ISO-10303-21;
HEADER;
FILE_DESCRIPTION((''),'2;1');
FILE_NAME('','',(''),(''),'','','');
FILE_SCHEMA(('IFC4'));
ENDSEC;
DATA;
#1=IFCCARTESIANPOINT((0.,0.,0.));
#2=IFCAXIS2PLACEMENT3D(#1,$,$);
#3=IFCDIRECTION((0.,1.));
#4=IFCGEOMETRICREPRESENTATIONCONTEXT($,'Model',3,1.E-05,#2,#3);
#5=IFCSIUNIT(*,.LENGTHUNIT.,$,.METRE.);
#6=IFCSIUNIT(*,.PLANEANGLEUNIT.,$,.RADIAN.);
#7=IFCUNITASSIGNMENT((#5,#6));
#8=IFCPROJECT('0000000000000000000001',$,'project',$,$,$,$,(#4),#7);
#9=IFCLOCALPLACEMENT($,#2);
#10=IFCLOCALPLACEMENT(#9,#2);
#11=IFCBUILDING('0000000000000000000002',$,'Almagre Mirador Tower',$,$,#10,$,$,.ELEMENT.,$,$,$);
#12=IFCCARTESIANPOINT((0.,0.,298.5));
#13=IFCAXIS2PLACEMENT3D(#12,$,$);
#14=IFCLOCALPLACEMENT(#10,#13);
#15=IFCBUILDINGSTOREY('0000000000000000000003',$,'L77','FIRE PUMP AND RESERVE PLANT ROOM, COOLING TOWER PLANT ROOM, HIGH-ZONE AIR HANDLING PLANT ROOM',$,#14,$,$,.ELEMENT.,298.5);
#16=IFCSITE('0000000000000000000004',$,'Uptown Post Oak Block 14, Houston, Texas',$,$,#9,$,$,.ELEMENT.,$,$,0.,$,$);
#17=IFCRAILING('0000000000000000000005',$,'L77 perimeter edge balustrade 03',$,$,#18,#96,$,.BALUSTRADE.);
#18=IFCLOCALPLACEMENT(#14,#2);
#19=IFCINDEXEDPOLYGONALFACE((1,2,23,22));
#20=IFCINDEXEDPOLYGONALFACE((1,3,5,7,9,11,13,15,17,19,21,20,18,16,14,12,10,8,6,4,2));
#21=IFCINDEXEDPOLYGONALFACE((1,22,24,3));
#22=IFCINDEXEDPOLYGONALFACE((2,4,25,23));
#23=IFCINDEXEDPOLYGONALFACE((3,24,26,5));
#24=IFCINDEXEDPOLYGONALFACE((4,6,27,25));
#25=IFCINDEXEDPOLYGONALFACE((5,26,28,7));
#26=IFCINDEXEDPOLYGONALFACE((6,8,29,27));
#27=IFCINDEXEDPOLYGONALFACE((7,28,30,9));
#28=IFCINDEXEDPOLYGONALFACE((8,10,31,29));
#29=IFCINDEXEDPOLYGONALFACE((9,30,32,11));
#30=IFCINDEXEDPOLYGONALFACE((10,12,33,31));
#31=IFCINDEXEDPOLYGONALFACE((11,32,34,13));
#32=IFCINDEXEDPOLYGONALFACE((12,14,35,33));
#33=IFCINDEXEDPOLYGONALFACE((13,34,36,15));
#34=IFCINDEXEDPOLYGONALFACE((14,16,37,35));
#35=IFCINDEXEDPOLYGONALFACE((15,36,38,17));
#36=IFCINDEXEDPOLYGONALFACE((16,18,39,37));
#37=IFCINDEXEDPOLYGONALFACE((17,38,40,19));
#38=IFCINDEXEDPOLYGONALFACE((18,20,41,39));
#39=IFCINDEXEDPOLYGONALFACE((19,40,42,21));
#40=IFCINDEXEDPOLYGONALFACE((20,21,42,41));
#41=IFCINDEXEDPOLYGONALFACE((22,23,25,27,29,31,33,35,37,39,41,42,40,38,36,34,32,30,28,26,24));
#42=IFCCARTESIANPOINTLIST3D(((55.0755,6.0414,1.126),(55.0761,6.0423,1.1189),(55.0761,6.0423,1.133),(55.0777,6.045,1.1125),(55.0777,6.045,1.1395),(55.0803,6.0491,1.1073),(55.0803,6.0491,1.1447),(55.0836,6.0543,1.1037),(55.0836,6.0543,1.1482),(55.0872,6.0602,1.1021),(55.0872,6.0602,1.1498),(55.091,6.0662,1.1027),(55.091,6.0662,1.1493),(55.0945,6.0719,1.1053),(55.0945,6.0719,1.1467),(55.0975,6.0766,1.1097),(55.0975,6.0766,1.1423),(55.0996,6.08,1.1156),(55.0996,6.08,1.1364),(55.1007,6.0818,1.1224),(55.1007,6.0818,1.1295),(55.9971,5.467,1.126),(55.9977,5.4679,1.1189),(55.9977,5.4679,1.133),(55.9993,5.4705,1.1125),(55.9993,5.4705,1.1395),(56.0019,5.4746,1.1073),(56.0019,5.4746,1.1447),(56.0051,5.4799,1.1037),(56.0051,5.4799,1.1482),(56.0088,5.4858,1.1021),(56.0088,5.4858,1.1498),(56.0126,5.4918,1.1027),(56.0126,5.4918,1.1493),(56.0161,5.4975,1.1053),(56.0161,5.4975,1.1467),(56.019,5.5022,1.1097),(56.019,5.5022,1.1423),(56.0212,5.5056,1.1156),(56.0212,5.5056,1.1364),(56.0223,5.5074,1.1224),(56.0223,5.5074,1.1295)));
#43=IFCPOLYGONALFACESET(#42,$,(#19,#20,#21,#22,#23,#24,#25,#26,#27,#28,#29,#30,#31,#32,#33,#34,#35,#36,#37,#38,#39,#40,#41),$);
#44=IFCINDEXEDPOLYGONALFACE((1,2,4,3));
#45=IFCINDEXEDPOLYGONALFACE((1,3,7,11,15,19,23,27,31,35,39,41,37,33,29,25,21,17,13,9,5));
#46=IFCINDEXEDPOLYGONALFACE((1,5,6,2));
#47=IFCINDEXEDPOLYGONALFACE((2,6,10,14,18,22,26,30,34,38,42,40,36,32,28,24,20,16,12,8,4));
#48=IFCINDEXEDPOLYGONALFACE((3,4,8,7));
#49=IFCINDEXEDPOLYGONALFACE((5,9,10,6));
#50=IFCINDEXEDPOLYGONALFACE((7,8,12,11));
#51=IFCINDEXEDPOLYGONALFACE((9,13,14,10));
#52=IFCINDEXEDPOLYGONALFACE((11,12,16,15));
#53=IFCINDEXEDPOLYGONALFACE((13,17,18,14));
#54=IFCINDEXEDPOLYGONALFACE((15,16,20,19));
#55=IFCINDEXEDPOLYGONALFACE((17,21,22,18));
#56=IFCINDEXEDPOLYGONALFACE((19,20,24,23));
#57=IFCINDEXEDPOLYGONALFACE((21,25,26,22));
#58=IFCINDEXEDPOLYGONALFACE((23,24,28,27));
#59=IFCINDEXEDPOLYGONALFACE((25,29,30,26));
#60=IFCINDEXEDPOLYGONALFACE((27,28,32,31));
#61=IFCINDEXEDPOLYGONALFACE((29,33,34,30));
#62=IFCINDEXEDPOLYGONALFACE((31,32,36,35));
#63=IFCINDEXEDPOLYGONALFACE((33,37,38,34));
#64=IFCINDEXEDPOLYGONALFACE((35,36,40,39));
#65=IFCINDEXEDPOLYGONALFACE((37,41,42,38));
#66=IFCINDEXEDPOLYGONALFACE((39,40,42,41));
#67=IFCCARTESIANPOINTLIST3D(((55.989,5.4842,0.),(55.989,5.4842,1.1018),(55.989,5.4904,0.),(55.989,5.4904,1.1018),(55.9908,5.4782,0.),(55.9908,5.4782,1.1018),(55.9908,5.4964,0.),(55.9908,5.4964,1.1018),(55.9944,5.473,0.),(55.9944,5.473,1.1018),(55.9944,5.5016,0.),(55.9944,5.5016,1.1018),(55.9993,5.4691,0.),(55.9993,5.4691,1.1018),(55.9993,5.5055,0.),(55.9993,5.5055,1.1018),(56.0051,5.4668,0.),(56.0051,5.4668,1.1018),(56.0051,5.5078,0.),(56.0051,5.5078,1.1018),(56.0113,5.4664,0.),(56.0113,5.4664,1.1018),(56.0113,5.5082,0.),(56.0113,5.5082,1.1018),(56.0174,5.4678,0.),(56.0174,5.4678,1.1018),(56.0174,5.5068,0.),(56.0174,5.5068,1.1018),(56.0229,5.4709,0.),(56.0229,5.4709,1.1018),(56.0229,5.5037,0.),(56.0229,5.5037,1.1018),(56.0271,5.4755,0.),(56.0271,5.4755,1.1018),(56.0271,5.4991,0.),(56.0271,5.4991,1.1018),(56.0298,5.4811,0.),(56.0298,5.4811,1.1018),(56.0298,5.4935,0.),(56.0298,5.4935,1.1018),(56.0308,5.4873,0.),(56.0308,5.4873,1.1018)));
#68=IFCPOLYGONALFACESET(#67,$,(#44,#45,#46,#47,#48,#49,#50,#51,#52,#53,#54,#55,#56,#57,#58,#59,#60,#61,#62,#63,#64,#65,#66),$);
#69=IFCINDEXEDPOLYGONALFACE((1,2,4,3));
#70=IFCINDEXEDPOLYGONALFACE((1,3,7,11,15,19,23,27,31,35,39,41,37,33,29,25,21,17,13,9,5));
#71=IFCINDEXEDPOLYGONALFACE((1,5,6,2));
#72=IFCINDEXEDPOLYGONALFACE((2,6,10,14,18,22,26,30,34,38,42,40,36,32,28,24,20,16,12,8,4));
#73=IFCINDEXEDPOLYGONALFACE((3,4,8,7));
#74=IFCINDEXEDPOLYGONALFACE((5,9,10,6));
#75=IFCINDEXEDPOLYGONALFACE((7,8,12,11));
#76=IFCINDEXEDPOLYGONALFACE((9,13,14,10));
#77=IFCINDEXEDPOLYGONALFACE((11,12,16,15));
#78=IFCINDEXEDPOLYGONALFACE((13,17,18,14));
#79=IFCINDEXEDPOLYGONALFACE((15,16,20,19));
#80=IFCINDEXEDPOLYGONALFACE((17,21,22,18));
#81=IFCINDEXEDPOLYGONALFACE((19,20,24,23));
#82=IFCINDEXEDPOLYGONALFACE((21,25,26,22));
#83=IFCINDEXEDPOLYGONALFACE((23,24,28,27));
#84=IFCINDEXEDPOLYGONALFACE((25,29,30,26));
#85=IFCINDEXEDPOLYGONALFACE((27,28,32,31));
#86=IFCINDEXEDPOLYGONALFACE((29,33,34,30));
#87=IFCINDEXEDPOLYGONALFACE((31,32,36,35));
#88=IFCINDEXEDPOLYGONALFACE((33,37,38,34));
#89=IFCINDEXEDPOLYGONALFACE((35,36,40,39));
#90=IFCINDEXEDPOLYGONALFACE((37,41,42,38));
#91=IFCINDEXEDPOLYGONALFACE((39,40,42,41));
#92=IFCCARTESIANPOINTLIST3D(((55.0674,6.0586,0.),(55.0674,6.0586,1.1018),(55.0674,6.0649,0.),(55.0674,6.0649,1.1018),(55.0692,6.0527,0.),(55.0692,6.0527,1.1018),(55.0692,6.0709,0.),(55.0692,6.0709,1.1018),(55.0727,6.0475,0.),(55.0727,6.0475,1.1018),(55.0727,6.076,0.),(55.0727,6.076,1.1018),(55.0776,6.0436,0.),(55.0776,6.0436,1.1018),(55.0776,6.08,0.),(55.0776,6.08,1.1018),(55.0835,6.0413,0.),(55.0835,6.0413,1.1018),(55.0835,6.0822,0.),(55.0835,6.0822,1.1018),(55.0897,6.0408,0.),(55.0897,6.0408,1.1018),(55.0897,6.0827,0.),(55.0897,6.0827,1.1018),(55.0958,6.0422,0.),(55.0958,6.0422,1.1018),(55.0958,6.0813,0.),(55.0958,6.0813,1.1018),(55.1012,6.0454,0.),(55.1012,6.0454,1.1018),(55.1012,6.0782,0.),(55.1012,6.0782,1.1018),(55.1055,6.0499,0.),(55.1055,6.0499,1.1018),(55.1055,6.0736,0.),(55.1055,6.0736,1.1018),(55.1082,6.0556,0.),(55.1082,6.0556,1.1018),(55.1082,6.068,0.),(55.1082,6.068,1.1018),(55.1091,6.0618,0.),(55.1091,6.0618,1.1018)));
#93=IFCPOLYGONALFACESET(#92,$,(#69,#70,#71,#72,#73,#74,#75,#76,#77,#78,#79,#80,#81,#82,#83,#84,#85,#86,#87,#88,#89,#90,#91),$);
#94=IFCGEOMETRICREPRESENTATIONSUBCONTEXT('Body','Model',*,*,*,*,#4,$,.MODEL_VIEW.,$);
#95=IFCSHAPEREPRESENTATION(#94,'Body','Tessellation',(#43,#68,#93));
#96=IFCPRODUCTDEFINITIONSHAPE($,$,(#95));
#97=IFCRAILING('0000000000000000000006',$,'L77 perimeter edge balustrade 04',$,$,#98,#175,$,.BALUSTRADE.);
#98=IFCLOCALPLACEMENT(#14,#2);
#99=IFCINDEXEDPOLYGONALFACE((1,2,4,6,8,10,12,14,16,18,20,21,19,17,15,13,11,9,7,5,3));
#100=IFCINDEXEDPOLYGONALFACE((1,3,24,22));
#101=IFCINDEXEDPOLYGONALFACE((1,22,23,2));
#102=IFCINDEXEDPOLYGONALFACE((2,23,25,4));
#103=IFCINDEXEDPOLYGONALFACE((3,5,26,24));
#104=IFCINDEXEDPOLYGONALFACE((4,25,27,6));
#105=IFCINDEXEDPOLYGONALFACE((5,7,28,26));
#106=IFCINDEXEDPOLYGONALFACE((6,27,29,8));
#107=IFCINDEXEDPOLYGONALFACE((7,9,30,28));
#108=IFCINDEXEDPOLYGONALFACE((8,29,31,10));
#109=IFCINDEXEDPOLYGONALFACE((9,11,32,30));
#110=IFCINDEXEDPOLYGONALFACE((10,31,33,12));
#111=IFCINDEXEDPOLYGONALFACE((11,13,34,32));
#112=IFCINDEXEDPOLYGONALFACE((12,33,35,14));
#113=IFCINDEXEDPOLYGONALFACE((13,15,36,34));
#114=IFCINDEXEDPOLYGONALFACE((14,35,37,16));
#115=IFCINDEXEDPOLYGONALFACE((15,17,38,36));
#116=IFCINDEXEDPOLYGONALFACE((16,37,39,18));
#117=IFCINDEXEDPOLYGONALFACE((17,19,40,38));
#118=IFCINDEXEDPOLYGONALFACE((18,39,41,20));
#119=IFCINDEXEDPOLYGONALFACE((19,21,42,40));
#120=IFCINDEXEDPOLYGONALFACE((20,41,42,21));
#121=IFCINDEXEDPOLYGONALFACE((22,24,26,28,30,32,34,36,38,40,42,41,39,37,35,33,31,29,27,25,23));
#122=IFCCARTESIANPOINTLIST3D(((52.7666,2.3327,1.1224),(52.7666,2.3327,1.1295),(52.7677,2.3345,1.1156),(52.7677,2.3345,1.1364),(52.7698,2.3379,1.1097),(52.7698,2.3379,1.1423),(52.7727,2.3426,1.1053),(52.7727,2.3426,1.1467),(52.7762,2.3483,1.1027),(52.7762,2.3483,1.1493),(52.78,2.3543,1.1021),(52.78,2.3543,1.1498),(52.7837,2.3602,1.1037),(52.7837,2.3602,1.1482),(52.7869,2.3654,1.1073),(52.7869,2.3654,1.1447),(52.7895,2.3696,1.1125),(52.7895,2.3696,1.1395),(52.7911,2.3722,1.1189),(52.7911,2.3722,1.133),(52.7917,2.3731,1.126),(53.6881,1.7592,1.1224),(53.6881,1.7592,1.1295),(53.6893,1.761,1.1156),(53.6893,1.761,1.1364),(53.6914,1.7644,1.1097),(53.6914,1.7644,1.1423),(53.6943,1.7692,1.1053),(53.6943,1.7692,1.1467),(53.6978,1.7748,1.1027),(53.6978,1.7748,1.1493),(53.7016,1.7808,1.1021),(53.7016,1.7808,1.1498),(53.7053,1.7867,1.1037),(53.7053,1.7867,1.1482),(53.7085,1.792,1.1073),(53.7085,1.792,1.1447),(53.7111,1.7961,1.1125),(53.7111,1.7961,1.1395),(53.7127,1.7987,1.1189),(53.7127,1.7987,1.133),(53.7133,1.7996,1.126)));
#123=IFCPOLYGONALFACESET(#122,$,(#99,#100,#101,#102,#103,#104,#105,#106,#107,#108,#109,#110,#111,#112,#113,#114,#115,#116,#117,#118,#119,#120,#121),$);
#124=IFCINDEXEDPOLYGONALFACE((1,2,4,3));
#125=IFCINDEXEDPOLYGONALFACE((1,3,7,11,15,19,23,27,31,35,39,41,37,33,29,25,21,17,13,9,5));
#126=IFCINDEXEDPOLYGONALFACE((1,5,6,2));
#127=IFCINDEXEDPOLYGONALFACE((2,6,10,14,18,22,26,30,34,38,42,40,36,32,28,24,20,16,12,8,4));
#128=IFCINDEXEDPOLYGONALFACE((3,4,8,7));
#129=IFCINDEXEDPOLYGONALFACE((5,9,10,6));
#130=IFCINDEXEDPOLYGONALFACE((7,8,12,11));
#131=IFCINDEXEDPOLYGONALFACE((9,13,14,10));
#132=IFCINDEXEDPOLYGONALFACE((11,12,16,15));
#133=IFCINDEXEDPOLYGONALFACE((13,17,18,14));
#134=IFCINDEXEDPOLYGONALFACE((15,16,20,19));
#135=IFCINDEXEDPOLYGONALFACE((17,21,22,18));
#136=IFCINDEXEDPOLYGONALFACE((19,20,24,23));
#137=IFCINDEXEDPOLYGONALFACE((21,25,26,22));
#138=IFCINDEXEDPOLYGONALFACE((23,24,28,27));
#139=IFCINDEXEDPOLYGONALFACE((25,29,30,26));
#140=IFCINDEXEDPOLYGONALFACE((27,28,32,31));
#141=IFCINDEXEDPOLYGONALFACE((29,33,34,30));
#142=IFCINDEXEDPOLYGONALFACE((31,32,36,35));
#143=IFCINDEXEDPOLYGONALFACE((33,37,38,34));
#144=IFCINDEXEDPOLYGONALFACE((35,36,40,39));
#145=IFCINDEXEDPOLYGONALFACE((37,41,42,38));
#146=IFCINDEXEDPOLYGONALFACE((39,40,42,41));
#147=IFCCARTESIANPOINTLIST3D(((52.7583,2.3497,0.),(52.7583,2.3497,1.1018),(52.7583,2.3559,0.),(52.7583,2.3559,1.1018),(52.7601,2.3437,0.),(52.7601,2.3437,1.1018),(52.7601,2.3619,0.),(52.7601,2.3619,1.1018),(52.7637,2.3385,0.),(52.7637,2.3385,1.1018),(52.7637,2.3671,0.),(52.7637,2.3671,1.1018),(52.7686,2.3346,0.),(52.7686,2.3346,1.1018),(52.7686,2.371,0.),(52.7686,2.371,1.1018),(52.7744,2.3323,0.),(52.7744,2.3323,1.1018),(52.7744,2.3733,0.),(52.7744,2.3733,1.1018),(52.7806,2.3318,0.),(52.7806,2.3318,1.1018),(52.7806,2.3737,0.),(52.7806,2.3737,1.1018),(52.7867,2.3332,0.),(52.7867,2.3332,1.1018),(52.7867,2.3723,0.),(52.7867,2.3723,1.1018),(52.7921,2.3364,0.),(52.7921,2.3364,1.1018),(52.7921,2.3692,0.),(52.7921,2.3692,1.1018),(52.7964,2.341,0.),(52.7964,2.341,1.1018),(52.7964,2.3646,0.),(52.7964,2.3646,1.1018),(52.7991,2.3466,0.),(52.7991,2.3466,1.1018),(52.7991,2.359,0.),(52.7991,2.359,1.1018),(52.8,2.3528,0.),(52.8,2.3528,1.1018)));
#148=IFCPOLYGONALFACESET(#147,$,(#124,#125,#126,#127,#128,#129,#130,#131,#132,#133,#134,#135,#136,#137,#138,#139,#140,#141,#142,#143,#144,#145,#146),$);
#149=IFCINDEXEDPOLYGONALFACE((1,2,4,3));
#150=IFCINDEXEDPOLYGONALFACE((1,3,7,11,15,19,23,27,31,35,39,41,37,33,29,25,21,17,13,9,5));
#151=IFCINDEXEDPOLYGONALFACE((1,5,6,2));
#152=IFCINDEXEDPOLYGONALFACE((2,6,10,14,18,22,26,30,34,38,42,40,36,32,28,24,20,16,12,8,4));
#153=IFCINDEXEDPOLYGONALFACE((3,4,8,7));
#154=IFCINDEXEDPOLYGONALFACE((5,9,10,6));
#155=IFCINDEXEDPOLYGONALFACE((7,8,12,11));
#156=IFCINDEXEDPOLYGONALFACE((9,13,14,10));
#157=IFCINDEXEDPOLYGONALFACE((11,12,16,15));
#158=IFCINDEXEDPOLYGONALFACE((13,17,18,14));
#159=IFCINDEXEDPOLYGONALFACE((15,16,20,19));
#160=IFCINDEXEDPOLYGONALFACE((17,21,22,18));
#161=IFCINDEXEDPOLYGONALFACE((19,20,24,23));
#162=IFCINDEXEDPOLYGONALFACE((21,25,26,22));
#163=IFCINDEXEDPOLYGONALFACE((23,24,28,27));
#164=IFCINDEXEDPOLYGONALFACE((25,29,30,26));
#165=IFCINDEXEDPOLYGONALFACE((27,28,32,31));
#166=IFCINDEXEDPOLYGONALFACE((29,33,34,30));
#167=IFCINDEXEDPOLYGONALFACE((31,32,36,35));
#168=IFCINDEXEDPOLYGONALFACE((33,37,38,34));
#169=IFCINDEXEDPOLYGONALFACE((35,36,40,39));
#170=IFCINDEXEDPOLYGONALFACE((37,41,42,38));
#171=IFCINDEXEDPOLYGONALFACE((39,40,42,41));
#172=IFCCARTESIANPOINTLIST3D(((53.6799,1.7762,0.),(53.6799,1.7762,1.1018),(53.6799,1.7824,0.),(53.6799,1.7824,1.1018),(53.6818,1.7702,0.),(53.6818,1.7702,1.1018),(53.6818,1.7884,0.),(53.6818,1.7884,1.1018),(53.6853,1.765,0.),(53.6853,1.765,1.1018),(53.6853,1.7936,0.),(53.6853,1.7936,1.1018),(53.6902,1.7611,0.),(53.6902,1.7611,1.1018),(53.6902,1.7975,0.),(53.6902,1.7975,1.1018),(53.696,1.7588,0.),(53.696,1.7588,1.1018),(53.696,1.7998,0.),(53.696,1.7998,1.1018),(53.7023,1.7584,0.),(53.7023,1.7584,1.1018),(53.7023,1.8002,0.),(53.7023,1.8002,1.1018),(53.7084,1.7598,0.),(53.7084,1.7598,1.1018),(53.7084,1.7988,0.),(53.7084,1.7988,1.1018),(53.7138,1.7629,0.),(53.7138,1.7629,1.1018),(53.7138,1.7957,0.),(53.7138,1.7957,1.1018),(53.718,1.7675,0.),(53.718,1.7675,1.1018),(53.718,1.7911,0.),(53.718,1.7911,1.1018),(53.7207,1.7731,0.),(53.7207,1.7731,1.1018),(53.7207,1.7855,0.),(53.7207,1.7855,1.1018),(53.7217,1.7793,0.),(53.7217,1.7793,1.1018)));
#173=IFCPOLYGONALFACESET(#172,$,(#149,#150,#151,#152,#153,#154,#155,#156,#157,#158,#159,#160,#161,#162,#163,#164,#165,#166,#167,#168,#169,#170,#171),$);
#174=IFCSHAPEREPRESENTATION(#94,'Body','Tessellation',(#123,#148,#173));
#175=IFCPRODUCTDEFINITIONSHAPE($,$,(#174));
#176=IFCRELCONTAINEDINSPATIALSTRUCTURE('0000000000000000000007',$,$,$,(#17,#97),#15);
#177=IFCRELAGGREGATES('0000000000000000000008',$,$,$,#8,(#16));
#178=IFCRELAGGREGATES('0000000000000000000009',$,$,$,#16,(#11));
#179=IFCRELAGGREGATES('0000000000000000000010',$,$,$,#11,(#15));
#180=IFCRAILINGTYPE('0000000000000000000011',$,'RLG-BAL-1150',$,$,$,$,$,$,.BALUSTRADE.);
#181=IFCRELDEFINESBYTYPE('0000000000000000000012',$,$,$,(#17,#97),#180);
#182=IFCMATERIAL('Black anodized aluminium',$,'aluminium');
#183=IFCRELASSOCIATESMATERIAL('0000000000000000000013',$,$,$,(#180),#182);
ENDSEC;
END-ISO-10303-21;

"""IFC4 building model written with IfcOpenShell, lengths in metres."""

from ifc_helpers import new_model, si_unit, direction, frame, origin, origin_2d, place, context, subcontext, project, spatial, circle, extrude, material, type_object, element, save


model = new_model("IFC4")

# Units and contexts
model_context = context("Model", 3, precision=1e-05, world=origin(), true_north=direction((0.0, 1.0)))
body_context = subcontext(model_context, "Body", "Model", "MODEL_VIEW")
ifc_project = project(units=[si_unit("LENGTHUNIT", "METRE"), si_unit("PLANEANGLEUNIT", "RADIAN")], contexts=[model_context])

# Site, building, storey
site_placement = place(None, origin())
site = spatial("IfcSite", under=ifc_project, at=site_placement, Name="Uptown Post Oak Block 14, Houston, Texas", CompositionType="ELEMENT", RefElevation=0.0)
building_placement = place(site_placement, origin())
building = spatial("IfcBuilding", under=site, at=building_placement, Name="Almagre Mirador Tower", CompositionType="ELEMENT")
storey_placement = place(building_placement, frame((0.0, 0.0, 298.5)))
storey = spatial("IfcBuildingStorey", under=building, at=storey_placement, Name="L77", Description="FIRE PUMP AND RESERVE PLANT ROOM, COOLING TOWER PLANT ROOM, HIGH-ZONE AIR HANDLING PLANT ROOM", CompositionType="ELEMENT", Elevation=298.5)

# Railings
ifc_material_1 = material(Name="Black anodized aluminium", Category="aluminium")
railing_type = type_object("IfcRailingType", Name="RLG-BAL-1150", PredefinedType="BALUSTRADE", material=ifc_material_1)
railing_1_placement = place(storey_placement, frame((56.0098, 5.4873, 0.0)))
element("IfcRailing", 1, at=railing_1_placement, inside=storey, type_object=railing_type, Name="L77 perimeter edge balustrade 03", PredefinedType="BALUSTRADE", context=body_context, shape_type="SweptSolid", body=[
    extrude(circle(Radius=0.0239, at=origin_2d()), frame((0.0, 0.0, 1.126), z_axis=(-0.848642, 0.528968, 0.0), x_axis=(-0.528968, -0.848642, 0.0)), (0.0, 0.0, 1.0), 1.0859),
    extrude(circle(Radius=0.021, at=origin_2d()), origin(), (0.0, 0.0, 1.0), 1.1018),
    extrude(circle(Radius=0.021, at=origin_2d()), frame((-0.9216, 0.5745, 0.0)), (0.0, 0.0, 1.0), 1.1018),
])
railing_2_placement = place(storey_placement, frame((52.7791, 2.3528, 0.0)))
element("IfcRailing", 2, at=railing_2_placement, inside=storey, type_object=railing_type, Name="L77 perimeter edge balustrade 04", PredefinedType="BALUSTRADE", context=body_context, shape_type="SweptSolid", body=[
    extrude(circle(Radius=0.0239, at=origin_2d()), frame((0.0, 0.0, 1.126), z_axis=(0.849045, -0.52832, 0.0), x_axis=(0.52832, 0.849045, 0.0)), (0.0, 0.0, 1.0), 1.0854),
    extrude(circle(Radius=0.021, at=origin_2d()), origin(), (0.0, 0.0, 1.0), 1.1018),
    extrude(circle(Radius=0.021, at=origin_2d()), frame((0.9216, -0.5735, 0.0)), (0.0, 0.0, 1.0), 1.1018),
])

save(model, "model.ifc")
